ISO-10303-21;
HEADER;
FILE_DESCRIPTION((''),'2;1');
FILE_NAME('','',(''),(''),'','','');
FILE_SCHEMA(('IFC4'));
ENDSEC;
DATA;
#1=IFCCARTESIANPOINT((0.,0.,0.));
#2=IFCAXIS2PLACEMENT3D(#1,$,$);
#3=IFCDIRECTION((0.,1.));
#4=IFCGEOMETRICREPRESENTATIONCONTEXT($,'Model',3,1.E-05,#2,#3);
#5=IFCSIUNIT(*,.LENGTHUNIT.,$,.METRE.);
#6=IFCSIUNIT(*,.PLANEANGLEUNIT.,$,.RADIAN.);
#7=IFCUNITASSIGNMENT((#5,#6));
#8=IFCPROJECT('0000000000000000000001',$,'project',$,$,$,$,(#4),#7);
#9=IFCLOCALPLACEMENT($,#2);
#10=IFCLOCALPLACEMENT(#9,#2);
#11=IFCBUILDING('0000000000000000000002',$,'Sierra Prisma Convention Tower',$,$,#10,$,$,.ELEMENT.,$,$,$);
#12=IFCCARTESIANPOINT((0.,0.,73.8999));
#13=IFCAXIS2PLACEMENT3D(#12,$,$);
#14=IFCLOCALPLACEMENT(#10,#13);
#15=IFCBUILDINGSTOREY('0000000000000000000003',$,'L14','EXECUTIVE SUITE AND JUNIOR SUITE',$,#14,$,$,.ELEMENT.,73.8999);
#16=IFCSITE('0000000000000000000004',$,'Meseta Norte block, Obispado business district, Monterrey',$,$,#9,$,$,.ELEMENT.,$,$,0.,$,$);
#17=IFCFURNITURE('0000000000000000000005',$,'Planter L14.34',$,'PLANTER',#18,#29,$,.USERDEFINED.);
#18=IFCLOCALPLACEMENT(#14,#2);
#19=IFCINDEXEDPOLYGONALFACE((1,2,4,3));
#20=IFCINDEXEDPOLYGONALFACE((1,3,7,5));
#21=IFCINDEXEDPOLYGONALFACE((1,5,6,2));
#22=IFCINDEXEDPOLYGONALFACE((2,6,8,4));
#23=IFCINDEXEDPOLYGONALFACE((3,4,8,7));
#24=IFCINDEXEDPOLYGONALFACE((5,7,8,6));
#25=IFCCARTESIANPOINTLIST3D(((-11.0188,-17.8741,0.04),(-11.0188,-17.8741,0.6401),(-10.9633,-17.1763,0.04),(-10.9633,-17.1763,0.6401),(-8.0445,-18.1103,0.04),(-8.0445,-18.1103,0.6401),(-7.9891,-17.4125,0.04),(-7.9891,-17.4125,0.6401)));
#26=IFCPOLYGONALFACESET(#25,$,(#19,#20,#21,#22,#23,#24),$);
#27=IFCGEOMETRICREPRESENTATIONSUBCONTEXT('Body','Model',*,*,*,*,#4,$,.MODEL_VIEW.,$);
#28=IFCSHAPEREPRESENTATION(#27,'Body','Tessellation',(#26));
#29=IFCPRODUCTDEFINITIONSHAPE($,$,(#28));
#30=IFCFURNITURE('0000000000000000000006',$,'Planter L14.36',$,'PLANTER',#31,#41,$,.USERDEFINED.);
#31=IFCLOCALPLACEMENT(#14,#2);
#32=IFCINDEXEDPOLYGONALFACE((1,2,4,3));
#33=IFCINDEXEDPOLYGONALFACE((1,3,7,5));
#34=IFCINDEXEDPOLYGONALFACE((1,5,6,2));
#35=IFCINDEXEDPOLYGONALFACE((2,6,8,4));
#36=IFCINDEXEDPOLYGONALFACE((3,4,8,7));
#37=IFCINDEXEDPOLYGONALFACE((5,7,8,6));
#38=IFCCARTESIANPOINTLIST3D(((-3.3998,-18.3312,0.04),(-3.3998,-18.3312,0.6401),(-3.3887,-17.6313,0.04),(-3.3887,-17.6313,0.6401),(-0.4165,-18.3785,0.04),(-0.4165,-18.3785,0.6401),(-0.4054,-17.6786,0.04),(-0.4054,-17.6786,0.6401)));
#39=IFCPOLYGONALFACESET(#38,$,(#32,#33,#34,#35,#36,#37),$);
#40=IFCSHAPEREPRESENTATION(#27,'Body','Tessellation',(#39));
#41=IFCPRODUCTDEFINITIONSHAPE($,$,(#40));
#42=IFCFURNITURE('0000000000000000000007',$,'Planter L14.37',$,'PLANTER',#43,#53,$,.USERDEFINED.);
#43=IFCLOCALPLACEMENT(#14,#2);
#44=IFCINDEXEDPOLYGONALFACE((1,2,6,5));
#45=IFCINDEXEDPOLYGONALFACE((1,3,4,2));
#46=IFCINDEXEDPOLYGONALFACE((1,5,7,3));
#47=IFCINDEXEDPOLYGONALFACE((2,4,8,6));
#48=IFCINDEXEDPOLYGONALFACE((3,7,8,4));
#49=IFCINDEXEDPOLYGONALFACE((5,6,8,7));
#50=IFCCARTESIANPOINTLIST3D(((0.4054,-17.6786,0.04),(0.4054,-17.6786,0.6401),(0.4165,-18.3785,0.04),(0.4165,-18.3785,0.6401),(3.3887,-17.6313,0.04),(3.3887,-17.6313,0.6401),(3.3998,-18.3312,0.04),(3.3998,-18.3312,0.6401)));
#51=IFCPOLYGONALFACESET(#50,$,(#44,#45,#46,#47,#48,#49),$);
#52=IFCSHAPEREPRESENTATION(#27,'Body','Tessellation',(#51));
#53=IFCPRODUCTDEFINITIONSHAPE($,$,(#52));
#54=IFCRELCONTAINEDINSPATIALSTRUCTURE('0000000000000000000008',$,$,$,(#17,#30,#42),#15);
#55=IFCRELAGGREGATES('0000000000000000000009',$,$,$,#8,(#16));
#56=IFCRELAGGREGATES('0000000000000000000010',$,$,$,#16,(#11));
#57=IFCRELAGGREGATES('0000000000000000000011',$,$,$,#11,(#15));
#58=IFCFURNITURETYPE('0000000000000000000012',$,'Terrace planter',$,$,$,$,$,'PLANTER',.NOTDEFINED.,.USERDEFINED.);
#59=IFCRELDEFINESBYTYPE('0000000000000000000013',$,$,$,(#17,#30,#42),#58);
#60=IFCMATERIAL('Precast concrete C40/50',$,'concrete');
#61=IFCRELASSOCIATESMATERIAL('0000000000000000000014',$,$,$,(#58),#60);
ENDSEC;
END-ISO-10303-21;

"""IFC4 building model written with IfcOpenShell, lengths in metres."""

from ifc_helpers import new_model, si_unit, direction, frame, origin, origin_2d, place, context, subcontext, project, spatial, rectangle, extrude, material, type_object, element, save


model = new_model("IFC4")

# Units and contexts
model_context = context("Model", 3, precision=1e-05, world=origin(), true_north=direction((0.0, 1.0)))
body_context = subcontext(model_context, "Body", "Model", "MODEL_VIEW")
ifc_project = project(units=[si_unit("LENGTHUNIT", "METRE"), si_unit("PLANEANGLEUNIT", "RADIAN")], contexts=[model_context])

# Site, building, storey
site_placement = place(None, origin())
site = spatial("IfcSite", under=ifc_project, at=site_placement, Name="Meseta Norte block, Obispado business district, Monterrey", CompositionType="ELEMENT", RefElevation=0.0)
building_placement = place(site_placement, origin())
building = spatial("IfcBuilding", under=site, at=building_placement, Name="Sierra Prisma Convention Tower", CompositionType="ELEMENT")
storey_placement = place(building_placement, frame((0.0, 0.0, 73.8999)))
storey = spatial("IfcBuildingStorey", under=building, at=storey_placement, Name="L14", Description="EXECUTIVE SUITE AND JUNIOR SUITE", CompositionType="ELEMENT", Elevation=73.8999)

# Furniture
ifc_material_1 = material(Name="Precast concrete C40/50", Category="concrete")
furniture_type = type_object("IfcFurnitureType", Name="Terrace planter", ElementType="PLANTER", AssemblyPlace="NOTDEFINED", PredefinedType="USERDEFINED", material=ifc_material_1)
for number, where, z_axis, x_axis, name in (
    (1, (-9.5039, -17.6433, 0.04), (0.0, 0.0, 1.0), (0.996861, -0.079169, 0.0), "Planter L14.34"),
    (2, (-1.9026, -18.0049, 0.04), (0.0, 0.0, 1.0), (0.999874, -0.01585, 0.0), "Planter L14.36"),
    (3, (1.9026, -18.0049, 0.04), (0.0, 0.0, 1.0), (0.999874, 0.01585, 0.0), "Planter L14.37"),
):
    element("IfcFurniture", number, at=place(storey_placement, frame(where, z_axis=z_axis, x_axis=x_axis)), inside=storey, type_object=furniture_type, Name=name, ObjectType="PLANTER", PredefinedType="USERDEFINED", context=body_context, shape_type="SweptSolid", body=[
        extrude(rectangle(XDim=2.9836, YDim=0.7, at=origin_2d()), origin(), (0.0, 0.0, 1.0), 0.6001),
    ])

save(model, "model.ifc")
